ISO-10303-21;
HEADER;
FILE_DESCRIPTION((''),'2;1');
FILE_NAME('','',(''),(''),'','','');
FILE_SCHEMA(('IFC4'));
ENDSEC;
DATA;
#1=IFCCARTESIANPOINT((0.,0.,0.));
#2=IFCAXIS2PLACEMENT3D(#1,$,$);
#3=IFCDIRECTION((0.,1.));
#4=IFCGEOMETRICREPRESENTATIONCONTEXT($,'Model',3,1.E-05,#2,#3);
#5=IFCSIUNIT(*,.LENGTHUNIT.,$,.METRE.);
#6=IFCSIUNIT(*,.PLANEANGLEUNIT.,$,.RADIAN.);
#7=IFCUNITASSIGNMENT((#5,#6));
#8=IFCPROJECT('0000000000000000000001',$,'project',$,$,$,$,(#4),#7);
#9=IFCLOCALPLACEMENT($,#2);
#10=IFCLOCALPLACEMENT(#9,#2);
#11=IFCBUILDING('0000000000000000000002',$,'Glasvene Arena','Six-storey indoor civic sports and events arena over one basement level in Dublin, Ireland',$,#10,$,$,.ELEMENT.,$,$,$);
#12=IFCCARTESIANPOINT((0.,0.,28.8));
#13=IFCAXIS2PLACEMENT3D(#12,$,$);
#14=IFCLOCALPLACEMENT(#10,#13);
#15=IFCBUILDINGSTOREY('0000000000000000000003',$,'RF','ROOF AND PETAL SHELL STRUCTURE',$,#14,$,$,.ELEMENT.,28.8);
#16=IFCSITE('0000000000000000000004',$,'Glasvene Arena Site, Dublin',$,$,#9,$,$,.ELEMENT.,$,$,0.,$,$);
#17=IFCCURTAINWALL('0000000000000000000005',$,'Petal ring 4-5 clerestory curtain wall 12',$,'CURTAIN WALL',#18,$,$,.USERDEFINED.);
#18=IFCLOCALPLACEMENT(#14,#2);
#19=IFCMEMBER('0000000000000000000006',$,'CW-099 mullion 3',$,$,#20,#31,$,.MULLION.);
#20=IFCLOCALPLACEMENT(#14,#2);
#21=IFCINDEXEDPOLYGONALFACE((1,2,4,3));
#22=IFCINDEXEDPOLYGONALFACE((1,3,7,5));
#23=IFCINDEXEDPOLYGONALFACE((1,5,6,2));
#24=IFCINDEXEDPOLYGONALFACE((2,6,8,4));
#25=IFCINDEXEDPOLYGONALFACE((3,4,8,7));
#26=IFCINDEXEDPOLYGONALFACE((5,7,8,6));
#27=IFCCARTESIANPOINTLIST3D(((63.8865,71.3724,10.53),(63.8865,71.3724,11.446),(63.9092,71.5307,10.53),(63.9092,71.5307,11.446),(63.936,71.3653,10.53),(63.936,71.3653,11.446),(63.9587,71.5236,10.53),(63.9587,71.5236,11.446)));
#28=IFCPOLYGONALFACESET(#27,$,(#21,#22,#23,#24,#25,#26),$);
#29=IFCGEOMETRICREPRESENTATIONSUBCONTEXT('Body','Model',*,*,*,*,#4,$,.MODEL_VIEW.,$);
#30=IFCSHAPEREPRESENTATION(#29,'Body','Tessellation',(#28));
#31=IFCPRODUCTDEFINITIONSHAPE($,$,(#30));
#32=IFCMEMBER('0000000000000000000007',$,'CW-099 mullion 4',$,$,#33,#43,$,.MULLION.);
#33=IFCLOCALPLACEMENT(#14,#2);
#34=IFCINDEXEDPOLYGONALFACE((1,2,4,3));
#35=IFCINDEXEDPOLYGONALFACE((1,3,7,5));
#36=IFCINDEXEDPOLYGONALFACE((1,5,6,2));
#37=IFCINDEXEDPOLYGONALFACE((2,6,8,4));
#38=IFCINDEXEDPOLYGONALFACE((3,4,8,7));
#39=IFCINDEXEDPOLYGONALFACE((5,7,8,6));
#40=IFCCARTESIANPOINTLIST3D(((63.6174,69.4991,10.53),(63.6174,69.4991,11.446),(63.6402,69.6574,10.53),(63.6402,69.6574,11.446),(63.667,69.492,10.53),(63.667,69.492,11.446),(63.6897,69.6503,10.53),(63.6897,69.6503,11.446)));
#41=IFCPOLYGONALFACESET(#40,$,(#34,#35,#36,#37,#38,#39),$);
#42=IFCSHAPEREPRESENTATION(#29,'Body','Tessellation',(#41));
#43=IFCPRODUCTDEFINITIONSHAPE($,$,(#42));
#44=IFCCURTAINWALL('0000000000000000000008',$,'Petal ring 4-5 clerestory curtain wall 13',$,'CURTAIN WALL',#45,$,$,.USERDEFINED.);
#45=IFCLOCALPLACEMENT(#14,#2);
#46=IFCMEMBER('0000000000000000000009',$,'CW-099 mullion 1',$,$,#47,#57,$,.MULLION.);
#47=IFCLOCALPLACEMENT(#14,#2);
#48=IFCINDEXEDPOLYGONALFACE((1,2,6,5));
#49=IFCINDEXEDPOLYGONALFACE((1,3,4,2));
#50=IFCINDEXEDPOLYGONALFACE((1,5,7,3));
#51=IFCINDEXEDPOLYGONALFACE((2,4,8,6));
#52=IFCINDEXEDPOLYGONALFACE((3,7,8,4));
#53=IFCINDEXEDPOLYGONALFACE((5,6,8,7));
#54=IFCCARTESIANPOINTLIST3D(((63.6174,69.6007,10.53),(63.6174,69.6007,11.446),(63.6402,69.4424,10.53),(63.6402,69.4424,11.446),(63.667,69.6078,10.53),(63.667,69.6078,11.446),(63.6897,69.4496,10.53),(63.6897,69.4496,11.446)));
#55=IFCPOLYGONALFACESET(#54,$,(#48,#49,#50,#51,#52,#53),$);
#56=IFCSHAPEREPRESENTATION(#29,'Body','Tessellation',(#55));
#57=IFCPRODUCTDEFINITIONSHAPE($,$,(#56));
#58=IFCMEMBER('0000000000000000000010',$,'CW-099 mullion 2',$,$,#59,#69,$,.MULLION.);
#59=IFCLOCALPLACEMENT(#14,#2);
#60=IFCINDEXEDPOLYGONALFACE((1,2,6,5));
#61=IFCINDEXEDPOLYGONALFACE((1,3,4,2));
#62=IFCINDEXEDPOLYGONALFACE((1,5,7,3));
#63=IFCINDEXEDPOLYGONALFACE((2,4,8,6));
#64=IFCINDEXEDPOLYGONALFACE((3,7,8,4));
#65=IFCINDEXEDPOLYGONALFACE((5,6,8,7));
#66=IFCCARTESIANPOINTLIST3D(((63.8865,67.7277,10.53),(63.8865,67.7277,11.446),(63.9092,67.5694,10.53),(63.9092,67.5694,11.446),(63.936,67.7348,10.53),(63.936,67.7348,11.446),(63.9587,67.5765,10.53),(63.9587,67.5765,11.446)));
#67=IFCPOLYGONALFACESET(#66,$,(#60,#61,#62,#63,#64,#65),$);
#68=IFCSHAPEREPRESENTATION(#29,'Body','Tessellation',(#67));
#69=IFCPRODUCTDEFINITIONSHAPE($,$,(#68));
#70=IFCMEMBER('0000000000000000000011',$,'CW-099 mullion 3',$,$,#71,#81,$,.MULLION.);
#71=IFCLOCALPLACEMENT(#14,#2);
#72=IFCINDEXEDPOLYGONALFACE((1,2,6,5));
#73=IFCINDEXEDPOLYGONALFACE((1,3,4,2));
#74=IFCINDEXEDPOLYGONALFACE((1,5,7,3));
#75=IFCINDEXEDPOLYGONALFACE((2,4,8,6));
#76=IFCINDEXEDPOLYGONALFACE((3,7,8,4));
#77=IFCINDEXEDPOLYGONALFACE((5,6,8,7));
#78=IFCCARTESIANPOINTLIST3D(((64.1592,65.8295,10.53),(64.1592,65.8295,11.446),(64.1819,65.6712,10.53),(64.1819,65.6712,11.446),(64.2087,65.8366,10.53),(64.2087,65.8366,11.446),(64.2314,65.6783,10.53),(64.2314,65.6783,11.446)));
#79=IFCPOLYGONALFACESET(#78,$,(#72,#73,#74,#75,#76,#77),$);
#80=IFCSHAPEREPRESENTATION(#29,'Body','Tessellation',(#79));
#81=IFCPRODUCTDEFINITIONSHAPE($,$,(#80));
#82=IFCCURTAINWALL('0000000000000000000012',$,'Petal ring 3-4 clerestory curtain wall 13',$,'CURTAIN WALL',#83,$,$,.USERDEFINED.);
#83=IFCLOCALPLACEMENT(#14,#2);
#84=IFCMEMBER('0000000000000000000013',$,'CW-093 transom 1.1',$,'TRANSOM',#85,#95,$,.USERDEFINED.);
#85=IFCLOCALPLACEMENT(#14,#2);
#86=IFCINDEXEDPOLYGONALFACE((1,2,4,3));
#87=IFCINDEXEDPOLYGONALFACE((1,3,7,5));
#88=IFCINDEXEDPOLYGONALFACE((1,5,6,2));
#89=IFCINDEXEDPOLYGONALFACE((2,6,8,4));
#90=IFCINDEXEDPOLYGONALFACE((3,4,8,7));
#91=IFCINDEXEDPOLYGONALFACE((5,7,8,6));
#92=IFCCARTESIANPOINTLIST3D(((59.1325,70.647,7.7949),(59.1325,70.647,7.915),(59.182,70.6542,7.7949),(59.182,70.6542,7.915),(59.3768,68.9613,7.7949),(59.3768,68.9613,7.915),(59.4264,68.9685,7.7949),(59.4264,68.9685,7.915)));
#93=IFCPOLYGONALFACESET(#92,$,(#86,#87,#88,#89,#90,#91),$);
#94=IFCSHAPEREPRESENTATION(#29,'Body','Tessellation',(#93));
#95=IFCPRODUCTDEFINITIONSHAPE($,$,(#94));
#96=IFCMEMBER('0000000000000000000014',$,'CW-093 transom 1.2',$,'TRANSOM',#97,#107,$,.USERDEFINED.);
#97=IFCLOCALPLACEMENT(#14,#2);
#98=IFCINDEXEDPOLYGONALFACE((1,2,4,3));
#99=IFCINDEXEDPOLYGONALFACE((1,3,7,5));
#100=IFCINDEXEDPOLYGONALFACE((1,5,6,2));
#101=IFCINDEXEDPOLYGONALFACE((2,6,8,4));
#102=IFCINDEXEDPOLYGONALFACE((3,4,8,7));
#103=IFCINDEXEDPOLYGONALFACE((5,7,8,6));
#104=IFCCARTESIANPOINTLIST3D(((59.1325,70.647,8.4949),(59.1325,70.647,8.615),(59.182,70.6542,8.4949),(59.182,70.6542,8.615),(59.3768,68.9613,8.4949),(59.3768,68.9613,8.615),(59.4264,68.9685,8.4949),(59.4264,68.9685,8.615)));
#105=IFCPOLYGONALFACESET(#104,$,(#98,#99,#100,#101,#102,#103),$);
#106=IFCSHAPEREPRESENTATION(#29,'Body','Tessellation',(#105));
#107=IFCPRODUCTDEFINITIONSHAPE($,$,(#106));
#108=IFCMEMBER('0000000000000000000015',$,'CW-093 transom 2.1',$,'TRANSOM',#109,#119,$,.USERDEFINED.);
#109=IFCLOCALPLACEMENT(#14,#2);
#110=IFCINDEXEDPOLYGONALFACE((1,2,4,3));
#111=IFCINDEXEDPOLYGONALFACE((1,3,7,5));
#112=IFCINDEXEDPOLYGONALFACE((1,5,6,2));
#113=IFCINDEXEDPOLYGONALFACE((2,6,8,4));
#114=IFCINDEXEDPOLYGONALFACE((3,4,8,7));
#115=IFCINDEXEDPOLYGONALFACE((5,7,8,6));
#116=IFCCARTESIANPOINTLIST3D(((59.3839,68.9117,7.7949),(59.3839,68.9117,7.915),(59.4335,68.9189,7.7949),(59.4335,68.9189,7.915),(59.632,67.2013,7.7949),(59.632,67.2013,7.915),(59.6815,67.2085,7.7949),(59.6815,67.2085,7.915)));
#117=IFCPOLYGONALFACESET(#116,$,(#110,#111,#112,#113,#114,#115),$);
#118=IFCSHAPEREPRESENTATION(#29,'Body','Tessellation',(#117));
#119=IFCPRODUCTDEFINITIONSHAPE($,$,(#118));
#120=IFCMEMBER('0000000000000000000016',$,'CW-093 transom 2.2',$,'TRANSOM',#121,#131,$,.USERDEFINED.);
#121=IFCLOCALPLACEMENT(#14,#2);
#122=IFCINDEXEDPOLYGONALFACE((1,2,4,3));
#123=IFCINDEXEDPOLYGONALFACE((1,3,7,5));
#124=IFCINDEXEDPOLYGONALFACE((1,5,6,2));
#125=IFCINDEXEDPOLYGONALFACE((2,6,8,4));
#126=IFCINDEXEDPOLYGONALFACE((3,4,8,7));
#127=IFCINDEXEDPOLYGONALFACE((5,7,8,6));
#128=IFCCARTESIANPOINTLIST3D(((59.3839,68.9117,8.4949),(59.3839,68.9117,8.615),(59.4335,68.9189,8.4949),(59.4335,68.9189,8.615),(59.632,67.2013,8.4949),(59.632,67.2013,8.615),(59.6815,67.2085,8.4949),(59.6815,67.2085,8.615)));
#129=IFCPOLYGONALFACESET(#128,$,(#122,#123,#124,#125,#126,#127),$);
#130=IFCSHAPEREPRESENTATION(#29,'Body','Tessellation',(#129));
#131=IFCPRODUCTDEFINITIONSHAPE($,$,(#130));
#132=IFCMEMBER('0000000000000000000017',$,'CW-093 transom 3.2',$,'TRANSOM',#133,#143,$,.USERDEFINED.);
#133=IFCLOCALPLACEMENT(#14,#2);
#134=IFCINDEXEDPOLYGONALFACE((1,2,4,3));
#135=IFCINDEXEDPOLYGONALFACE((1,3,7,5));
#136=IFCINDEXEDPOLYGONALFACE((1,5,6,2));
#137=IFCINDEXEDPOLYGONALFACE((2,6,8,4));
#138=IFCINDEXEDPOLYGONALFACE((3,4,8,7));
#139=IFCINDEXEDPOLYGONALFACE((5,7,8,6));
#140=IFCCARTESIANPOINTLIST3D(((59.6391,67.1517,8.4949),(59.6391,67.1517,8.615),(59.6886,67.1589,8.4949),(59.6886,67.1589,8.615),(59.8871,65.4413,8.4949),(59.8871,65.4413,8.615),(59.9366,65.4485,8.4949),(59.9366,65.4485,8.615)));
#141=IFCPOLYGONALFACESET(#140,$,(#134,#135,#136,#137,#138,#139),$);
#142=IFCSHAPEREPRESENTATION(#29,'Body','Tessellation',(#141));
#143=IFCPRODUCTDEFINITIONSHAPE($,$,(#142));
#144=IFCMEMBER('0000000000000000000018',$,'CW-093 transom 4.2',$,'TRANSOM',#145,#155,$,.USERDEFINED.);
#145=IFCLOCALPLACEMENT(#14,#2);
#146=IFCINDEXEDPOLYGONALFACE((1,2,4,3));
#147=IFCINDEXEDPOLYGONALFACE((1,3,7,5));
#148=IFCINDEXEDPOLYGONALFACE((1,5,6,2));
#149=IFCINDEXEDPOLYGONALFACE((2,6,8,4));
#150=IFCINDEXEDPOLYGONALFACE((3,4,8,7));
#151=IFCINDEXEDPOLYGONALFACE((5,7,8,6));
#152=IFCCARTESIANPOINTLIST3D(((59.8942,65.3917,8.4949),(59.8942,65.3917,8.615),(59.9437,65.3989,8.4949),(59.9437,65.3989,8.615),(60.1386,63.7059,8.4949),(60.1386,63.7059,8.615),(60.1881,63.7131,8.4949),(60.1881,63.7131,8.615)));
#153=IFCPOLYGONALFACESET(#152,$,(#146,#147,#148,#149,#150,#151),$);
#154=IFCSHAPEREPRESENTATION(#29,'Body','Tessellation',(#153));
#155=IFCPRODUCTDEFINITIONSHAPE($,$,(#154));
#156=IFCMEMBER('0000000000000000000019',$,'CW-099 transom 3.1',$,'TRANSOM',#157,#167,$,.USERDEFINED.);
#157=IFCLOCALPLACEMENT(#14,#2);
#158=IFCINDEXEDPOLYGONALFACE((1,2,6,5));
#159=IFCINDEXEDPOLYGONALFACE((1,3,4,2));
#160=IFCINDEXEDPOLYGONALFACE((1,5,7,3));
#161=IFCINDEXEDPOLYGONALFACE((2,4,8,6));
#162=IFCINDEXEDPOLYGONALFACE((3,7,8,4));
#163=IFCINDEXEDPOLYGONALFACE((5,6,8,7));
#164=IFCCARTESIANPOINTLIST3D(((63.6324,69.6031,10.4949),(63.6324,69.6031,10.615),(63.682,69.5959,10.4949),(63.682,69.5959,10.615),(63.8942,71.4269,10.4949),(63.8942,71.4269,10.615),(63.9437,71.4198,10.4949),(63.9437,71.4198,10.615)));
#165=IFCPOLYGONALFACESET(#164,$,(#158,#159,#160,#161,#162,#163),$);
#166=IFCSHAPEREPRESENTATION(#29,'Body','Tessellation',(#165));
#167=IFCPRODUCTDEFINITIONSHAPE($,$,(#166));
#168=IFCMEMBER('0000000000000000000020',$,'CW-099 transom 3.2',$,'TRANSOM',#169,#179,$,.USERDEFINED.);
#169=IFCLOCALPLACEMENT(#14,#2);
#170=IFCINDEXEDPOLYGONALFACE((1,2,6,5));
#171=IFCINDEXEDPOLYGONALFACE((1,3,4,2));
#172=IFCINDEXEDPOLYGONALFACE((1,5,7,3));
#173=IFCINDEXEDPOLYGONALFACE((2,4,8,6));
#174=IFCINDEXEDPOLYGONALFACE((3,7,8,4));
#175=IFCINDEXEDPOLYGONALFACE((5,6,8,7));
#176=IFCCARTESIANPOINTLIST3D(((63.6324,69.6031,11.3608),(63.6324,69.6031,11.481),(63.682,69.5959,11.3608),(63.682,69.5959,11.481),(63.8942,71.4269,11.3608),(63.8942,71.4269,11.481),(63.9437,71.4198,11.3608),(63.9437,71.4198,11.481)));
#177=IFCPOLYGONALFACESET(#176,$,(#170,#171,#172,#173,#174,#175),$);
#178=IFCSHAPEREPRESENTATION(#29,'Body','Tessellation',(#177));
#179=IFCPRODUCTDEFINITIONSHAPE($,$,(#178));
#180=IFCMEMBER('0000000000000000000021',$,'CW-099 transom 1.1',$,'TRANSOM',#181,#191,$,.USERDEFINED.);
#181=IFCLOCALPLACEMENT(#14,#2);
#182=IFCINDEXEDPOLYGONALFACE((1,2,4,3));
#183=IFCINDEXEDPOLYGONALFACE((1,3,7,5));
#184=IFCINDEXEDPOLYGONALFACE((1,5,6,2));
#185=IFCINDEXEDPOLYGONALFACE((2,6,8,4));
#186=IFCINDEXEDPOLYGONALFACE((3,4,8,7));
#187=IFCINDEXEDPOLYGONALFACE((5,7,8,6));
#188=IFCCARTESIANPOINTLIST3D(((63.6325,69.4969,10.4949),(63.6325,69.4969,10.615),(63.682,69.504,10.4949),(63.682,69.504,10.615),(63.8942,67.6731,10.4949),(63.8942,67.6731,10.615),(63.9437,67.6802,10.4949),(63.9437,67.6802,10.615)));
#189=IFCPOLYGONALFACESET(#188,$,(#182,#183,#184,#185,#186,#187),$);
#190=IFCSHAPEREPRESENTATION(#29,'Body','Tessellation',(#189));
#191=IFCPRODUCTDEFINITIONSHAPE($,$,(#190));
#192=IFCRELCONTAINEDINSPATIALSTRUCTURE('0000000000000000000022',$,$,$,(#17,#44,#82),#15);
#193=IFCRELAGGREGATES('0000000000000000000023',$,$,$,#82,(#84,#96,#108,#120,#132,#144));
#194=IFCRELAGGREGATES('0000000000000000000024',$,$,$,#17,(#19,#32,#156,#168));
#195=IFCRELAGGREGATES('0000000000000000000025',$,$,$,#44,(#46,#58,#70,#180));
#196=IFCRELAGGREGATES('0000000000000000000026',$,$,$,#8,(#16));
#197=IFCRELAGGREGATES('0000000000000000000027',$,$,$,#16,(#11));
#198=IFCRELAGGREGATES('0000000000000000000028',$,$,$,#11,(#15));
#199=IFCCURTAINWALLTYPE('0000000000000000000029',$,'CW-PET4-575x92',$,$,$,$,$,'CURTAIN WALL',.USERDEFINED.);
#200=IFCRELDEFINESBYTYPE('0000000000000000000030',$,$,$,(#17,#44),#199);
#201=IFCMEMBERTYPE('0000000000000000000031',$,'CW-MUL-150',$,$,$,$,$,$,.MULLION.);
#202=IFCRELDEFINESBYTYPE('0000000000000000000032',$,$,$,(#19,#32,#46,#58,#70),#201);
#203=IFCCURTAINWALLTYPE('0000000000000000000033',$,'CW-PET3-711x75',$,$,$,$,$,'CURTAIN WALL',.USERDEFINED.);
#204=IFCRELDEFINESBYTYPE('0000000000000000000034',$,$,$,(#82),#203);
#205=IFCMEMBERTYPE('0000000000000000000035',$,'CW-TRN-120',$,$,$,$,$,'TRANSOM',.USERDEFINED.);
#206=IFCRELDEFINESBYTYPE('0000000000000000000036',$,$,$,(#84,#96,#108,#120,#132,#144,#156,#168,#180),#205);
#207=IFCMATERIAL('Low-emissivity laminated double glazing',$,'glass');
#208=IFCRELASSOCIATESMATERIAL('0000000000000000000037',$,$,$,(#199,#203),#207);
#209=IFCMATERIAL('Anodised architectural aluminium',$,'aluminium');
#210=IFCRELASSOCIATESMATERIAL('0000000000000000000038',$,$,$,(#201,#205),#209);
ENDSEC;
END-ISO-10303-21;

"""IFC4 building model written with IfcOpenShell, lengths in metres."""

from ifc_helpers import new_model, si_unit, direction, frame, origin, origin_2d, place, context, subcontext, project, spatial, rectangle, extrude, material, material_profile, profile_set, type_object, element, aggregate, save


model = new_model("IFC4")

# Units and contexts
model_context = context("Model", 3, precision=1e-05, world=origin(), true_north=direction((0.0, 1.0)))
body_context = subcontext(model_context, "Body", "Model", "MODEL_VIEW")
ifc_project = project(units=[si_unit("LENGTHUNIT", "METRE"), si_unit("PLANEANGLEUNIT", "RADIAN")], contexts=[model_context])

# Site, building, storey
site_placement = place(None, origin())
site = spatial("IfcSite", under=ifc_project, at=site_placement, Name="Glasvene Arena Site, Dublin", CompositionType="ELEMENT", RefElevation=0.0)
building_placement = place(site_placement, origin())
building = spatial("IfcBuilding", under=site, at=building_placement, Name="Glasvene Arena", Description="Six-storey indoor civic sports and events arena over one basement level in Dublin, Ireland", CompositionType="ELEMENT")
storey_placement = place(building_placement, frame((0.0, 0.0, 28.8)))
storey = spatial("IfcBuildingStorey", under=building, at=storey_placement, Name="RF", Description="ROOF AND PETAL SHELL STRUCTURE", CompositionType="ELEMENT", Elevation=28.8)

# Curtain walls, members
ifc_material_1 = material(Name="Low-emissivity laminated double glazing", Category="glass")
curtain_wall_type_1 = type_object("IfcCurtainWallType", Name="CW-PET4-575x92", ElementType="CURTAIN WALL", PredefinedType="USERDEFINED", material=ifc_material_1)
curtain_wall_1_placement = place(storey_placement, frame((64.4678, 75.2439, 0.0)))
curtain_wall_1 = element("IfcCurtainWall", 1, at=curtain_wall_1_placement, inside=storey, type_object=curtain_wall_type_1, Name="Petal ring 4-5 clerestory curtain wall 12", ObjectType="CURTAIN WALL", PredefinedType="USERDEFINED")
ifc_material_2 = material(Name="Anodised architectural aluminium", Category="aluminium")
ifc_material_profile_1 = material_profile(ifc_material_2, rectangle(XDim=0.05, YDim=0.1599, at=origin_2d()), Name="ALU MULLION 50x160")
ifc_profile_set_1 = profile_set([ifc_material_profile_1], Name="Anodised architectural aluminium")
member_type_1 = type_object("IfcMemberType", Name="CW-MUL-150", PredefinedType="MULLION", material=ifc_profile_set_1)
member_1_placement = place(storey_placement, frame((63.9226, 71.448, 10.53), z_axis=(0.0, 0.0, 1.0), x_axis=(0.989843, -0.142166, 0.0)))
member_1 = element("IfcMember", 2, at=member_1_placement, type_object=member_type_1, Name="CW-099 mullion 3", PredefinedType="MULLION", context=body_context, shape_type="SweptSolid", body=[
    extrude(rectangle(XDim=0.05, YDim=0.1599, at=origin_2d()), origin(), (0.0, 0.0, 1.0), 0.916),
])
member_2_placement = place(storey_placement, frame((63.6536, 69.5747, 10.53), z_axis=(0.0, 0.0, 1.0), x_axis=(0.989843, -0.142166, 0.0)))
member_2 = element("IfcMember", 3, at=member_2_placement, type_object=member_type_1, Name="CW-099 mullion 4", PredefinedType="MULLION", context=body_context, shape_type="SweptSolid", body=[
    extrude(rectangle(XDim=0.05, YDim=0.1599, at=origin_2d()), origin(), (0.0, 0.0, 1.0), 0.916),
])
curtain_wall_2_placement = place(storey_placement, frame((63.6499, 69.55, 0.0)))
curtain_wall_2 = element("IfcCurtainWall", 4, at=curtain_wall_2_placement, inside=storey, type_object=curtain_wall_type_1, Name="Petal ring 4-5 clerestory curtain wall 13", ObjectType="CURTAIN WALL", PredefinedType="USERDEFINED")
member_3_placement = place(storey_placement, frame((63.6536, 69.5251, 10.53), z_axis=(0.0, 0.0, 1.0), x_axis=(0.989843, 0.142166, 0.0)))
member_3 = element("IfcMember", 5, at=member_3_placement, type_object=member_type_1, Name="CW-099 mullion 1", PredefinedType="MULLION", context=body_context, shape_type="SweptSolid", body=[
    extrude(rectangle(XDim=0.05, YDim=0.1599, at=origin_2d()), origin(), (0.0, 0.0, 1.0), 0.916),
])
member_4_placement = place(storey_placement, frame((63.9226, 67.6521, 10.53), z_axis=(0.0, 0.0, 1.0), x_axis=(0.989843, 0.142166, 0.0)))
member_4 = element("IfcMember", 6, at=member_4_placement, type_object=member_type_1, Name="CW-099 mullion 2", PredefinedType="MULLION", context=body_context, shape_type="SweptSolid", body=[
    extrude(rectangle(XDim=0.05, YDim=0.1599, at=origin_2d()), origin(), (0.0, 0.0, 1.0), 0.916),
])
member_5_placement = place(storey_placement, frame((64.1953, 65.7539, 10.53), z_axis=(0.0, 0.0, 1.0), x_axis=(0.989843, 0.142166, 0.0)))
member_5 = element("IfcMember", 7, at=member_5_placement, type_object=member_type_1, Name="CW-099 mullion 3", PredefinedType="MULLION", context=body_context, shape_type="SweptSolid", body=[
    extrude(rectangle(XDim=0.05, YDim=0.1599, at=origin_2d()), origin(), (0.0, 0.0, 1.0), 0.916),
])
curtain_wall_type_2 = type_object("IfcCurtainWallType", Name="CW-PET3-711x75", ElementType="CURTAIN WALL", PredefinedType="USERDEFINED", material=ifc_material_1)
curtain_wall_3_placement = place(storey_placement, frame((59.1499, 70.7, 0.0)))
curtain_wall_3 = element("IfcCurtainWall", 8, at=curtain_wall_3_placement, inside=storey, type_object=curtain_wall_type_2, Name="Petal ring 3-4 clerestory curtain wall 13", ObjectType="CURTAIN WALL", PredefinedType="USERDEFINED")
ifc_material_profile_2 = material_profile(ifc_material_2, rectangle(XDim=0.05, YDim=0.1201, at=origin_2d()), Name="ALU TRANSOM 50x120")
ifc_profile_set_2 = profile_set([ifc_material_profile_2], Name="Anodised architectural aluminium")
member_type_2 = type_object("IfcMemberType", Name="CW-TRN-120", ElementType="TRANSOM", PredefinedType="USERDEFINED", material=ifc_profile_set_2)
member_6_placement = place(storey_placement, frame((59.1572, 70.6506, 7.855), z_axis=(0.143468, -0.989655, 0.0), x_axis=(0.989655, 0.143468, 0.0)))
member_6 = element("IfcMember", 9, at=member_6_placement, type_object=member_type_2, Name="CW-093 transom 1.1", ObjectType="TRANSOM", PredefinedType="USERDEFINED", context=body_context, shape_type="SweptSolid", body=[
    extrude(rectangle(XDim=0.05, YDim=0.1201, at=origin_2d()), origin(), (0.0, 0.0, 1.0), 1.7034),
])
member_7_placement = place(storey_placement, frame((59.1572, 70.6506, 8.5549), z_axis=(0.143468, -0.989655, 0.0), x_axis=(0.989655, 0.143468, 0.0)))
member_7 = element("IfcMember", 10, at=member_7_placement, type_object=member_type_2, Name="CW-093 transom 1.2", ObjectType="TRANSOM", PredefinedType="USERDEFINED", context=body_context, shape_type="SweptSolid", body=[
    extrude(rectangle(XDim=0.05, YDim=0.1201, at=origin_2d()), origin(), (0.0, 0.0, 1.0), 1.7034),
])
member_8_placement = place(storey_placement, frame((59.4087, 68.9153, 7.855), z_axis=(0.143517, -0.989648, 0.0), x_axis=(0.989648, 0.143517, 0.0)))
member_8 = element("IfcMember", 11, at=member_8_placement, type_object=member_type_2, Name="CW-093 transom 2.1", ObjectType="TRANSOM", PredefinedType="USERDEFINED", context=body_context, shape_type="SweptSolid", body=[
    extrude(rectangle(XDim=0.05, YDim=0.1201, at=origin_2d()), origin(), (0.0, 0.0, 1.0), 1.7283),
])
member_9_placement = place(storey_placement, frame((59.4087, 68.9153, 8.5549), z_axis=(0.143517, -0.989648, 0.0), x_axis=(0.989648, 0.143517, 0.0)))
member_9 = element("IfcMember", 12, at=member_9_placement, type_object=member_type_2, Name="CW-093 transom 2.2", ObjectType="TRANSOM", PredefinedType="USERDEFINED", context=body_context, shape_type="SweptSolid", body=[
    extrude(rectangle(XDim=0.05, YDim=0.1201, at=origin_2d()), origin(), (0.0, 0.0, 1.0), 1.7283),
])
member_10_placement = place(storey_placement, frame((59.6638, 67.1553, 8.5549), z_axis=(0.143517, -0.989648, 0.0), x_axis=(0.989648, 0.143517, 0.0)))
member_10 = element("IfcMember", 13, at=member_10_placement, type_object=member_type_2, Name="CW-093 transom 3.2", ObjectType="TRANSOM", PredefinedType="USERDEFINED", context=body_context, shape_type="SweptSolid", body=[
    extrude(rectangle(XDim=0.05, YDim=0.1201, at=origin_2d()), origin(), (0.0, 0.0, 1.0), 1.7283),
])
member_11_placement = place(storey_placement, frame((59.9189, 65.3953, 8.5549), z_axis=(0.143468, -0.989655, 0.0), x_axis=(0.989655, 0.143468, 0.0)))
member_11 = element("IfcMember", 14, at=member_11_placement, type_object=member_type_2, Name="CW-093 transom 4.2", ObjectType="TRANSOM", PredefinedType="USERDEFINED", context=body_context, shape_type="SweptSolid", body=[
    extrude(rectangle(XDim=0.05, YDim=0.1201, at=origin_2d()), origin(), (0.0, 0.0, 1.0), 1.7034),
])

# Members
member_12_placement = place(storey_placement, frame((63.9189, 71.4233, 10.5549), z_axis=(-0.142052, -0.989859, 0.0), x_axis=(0.989859, -0.142052, 0.0)))
member_12 = element("IfcMember", 15, at=member_12_placement, type_object=member_type_2, Name="CW-099 transom 3.1", ObjectType="TRANSOM", PredefinedType="USERDEFINED", context=body_context, shape_type="SweptSolid", body=[
    extrude(rectangle(XDim=0.05, YDim=0.1201, at=origin_2d()), origin(), (0.0, 0.0, 1.0), 1.8425),
])
member_13_placement = place(storey_placement, frame((63.9189, 71.4233, 11.4209), z_axis=(-0.142052, -0.989859, 0.0), x_axis=(0.989859, -0.142052, 0.0)))
member_13 = element("IfcMember", 16, at=member_13_placement, type_object=member_type_2, Name="CW-099 transom 3.2", ObjectType="TRANSOM", PredefinedType="USERDEFINED", context=body_context, shape_type="SweptSolid", body=[
    extrude(rectangle(XDim=0.05, YDim=0.1201, at=origin_2d()), origin(), (0.0, 0.0, 1.0), 1.8425),
])
member_14_placement = place(storey_placement, frame((63.6572, 69.5005, 10.5549), z_axis=(0.142052, -0.989859, 0.0), x_axis=(0.989859, 0.142052, 0.0)))
member_14 = element("IfcMember", 17, at=member_14_placement, type_object=member_type_2, Name="CW-099 transom 1.1", ObjectType="TRANSOM", PredefinedType="USERDEFINED", context=body_context, shape_type="SweptSolid", body=[
    extrude(rectangle(XDim=0.05, YDim=0.1201, at=origin_2d()), origin(), (0.0, 0.0, 1.0), 1.8425),
])

aggregate(curtain_wall_3, [member_6, member_7, member_8, member_9, member_10, member_11])
aggregate(curtain_wall_1, [member_1, member_2, member_12, member_13])
aggregate(curtain_wall_2, [member_3, member_4, member_5, member_14])

save(model, "model.ifc")
